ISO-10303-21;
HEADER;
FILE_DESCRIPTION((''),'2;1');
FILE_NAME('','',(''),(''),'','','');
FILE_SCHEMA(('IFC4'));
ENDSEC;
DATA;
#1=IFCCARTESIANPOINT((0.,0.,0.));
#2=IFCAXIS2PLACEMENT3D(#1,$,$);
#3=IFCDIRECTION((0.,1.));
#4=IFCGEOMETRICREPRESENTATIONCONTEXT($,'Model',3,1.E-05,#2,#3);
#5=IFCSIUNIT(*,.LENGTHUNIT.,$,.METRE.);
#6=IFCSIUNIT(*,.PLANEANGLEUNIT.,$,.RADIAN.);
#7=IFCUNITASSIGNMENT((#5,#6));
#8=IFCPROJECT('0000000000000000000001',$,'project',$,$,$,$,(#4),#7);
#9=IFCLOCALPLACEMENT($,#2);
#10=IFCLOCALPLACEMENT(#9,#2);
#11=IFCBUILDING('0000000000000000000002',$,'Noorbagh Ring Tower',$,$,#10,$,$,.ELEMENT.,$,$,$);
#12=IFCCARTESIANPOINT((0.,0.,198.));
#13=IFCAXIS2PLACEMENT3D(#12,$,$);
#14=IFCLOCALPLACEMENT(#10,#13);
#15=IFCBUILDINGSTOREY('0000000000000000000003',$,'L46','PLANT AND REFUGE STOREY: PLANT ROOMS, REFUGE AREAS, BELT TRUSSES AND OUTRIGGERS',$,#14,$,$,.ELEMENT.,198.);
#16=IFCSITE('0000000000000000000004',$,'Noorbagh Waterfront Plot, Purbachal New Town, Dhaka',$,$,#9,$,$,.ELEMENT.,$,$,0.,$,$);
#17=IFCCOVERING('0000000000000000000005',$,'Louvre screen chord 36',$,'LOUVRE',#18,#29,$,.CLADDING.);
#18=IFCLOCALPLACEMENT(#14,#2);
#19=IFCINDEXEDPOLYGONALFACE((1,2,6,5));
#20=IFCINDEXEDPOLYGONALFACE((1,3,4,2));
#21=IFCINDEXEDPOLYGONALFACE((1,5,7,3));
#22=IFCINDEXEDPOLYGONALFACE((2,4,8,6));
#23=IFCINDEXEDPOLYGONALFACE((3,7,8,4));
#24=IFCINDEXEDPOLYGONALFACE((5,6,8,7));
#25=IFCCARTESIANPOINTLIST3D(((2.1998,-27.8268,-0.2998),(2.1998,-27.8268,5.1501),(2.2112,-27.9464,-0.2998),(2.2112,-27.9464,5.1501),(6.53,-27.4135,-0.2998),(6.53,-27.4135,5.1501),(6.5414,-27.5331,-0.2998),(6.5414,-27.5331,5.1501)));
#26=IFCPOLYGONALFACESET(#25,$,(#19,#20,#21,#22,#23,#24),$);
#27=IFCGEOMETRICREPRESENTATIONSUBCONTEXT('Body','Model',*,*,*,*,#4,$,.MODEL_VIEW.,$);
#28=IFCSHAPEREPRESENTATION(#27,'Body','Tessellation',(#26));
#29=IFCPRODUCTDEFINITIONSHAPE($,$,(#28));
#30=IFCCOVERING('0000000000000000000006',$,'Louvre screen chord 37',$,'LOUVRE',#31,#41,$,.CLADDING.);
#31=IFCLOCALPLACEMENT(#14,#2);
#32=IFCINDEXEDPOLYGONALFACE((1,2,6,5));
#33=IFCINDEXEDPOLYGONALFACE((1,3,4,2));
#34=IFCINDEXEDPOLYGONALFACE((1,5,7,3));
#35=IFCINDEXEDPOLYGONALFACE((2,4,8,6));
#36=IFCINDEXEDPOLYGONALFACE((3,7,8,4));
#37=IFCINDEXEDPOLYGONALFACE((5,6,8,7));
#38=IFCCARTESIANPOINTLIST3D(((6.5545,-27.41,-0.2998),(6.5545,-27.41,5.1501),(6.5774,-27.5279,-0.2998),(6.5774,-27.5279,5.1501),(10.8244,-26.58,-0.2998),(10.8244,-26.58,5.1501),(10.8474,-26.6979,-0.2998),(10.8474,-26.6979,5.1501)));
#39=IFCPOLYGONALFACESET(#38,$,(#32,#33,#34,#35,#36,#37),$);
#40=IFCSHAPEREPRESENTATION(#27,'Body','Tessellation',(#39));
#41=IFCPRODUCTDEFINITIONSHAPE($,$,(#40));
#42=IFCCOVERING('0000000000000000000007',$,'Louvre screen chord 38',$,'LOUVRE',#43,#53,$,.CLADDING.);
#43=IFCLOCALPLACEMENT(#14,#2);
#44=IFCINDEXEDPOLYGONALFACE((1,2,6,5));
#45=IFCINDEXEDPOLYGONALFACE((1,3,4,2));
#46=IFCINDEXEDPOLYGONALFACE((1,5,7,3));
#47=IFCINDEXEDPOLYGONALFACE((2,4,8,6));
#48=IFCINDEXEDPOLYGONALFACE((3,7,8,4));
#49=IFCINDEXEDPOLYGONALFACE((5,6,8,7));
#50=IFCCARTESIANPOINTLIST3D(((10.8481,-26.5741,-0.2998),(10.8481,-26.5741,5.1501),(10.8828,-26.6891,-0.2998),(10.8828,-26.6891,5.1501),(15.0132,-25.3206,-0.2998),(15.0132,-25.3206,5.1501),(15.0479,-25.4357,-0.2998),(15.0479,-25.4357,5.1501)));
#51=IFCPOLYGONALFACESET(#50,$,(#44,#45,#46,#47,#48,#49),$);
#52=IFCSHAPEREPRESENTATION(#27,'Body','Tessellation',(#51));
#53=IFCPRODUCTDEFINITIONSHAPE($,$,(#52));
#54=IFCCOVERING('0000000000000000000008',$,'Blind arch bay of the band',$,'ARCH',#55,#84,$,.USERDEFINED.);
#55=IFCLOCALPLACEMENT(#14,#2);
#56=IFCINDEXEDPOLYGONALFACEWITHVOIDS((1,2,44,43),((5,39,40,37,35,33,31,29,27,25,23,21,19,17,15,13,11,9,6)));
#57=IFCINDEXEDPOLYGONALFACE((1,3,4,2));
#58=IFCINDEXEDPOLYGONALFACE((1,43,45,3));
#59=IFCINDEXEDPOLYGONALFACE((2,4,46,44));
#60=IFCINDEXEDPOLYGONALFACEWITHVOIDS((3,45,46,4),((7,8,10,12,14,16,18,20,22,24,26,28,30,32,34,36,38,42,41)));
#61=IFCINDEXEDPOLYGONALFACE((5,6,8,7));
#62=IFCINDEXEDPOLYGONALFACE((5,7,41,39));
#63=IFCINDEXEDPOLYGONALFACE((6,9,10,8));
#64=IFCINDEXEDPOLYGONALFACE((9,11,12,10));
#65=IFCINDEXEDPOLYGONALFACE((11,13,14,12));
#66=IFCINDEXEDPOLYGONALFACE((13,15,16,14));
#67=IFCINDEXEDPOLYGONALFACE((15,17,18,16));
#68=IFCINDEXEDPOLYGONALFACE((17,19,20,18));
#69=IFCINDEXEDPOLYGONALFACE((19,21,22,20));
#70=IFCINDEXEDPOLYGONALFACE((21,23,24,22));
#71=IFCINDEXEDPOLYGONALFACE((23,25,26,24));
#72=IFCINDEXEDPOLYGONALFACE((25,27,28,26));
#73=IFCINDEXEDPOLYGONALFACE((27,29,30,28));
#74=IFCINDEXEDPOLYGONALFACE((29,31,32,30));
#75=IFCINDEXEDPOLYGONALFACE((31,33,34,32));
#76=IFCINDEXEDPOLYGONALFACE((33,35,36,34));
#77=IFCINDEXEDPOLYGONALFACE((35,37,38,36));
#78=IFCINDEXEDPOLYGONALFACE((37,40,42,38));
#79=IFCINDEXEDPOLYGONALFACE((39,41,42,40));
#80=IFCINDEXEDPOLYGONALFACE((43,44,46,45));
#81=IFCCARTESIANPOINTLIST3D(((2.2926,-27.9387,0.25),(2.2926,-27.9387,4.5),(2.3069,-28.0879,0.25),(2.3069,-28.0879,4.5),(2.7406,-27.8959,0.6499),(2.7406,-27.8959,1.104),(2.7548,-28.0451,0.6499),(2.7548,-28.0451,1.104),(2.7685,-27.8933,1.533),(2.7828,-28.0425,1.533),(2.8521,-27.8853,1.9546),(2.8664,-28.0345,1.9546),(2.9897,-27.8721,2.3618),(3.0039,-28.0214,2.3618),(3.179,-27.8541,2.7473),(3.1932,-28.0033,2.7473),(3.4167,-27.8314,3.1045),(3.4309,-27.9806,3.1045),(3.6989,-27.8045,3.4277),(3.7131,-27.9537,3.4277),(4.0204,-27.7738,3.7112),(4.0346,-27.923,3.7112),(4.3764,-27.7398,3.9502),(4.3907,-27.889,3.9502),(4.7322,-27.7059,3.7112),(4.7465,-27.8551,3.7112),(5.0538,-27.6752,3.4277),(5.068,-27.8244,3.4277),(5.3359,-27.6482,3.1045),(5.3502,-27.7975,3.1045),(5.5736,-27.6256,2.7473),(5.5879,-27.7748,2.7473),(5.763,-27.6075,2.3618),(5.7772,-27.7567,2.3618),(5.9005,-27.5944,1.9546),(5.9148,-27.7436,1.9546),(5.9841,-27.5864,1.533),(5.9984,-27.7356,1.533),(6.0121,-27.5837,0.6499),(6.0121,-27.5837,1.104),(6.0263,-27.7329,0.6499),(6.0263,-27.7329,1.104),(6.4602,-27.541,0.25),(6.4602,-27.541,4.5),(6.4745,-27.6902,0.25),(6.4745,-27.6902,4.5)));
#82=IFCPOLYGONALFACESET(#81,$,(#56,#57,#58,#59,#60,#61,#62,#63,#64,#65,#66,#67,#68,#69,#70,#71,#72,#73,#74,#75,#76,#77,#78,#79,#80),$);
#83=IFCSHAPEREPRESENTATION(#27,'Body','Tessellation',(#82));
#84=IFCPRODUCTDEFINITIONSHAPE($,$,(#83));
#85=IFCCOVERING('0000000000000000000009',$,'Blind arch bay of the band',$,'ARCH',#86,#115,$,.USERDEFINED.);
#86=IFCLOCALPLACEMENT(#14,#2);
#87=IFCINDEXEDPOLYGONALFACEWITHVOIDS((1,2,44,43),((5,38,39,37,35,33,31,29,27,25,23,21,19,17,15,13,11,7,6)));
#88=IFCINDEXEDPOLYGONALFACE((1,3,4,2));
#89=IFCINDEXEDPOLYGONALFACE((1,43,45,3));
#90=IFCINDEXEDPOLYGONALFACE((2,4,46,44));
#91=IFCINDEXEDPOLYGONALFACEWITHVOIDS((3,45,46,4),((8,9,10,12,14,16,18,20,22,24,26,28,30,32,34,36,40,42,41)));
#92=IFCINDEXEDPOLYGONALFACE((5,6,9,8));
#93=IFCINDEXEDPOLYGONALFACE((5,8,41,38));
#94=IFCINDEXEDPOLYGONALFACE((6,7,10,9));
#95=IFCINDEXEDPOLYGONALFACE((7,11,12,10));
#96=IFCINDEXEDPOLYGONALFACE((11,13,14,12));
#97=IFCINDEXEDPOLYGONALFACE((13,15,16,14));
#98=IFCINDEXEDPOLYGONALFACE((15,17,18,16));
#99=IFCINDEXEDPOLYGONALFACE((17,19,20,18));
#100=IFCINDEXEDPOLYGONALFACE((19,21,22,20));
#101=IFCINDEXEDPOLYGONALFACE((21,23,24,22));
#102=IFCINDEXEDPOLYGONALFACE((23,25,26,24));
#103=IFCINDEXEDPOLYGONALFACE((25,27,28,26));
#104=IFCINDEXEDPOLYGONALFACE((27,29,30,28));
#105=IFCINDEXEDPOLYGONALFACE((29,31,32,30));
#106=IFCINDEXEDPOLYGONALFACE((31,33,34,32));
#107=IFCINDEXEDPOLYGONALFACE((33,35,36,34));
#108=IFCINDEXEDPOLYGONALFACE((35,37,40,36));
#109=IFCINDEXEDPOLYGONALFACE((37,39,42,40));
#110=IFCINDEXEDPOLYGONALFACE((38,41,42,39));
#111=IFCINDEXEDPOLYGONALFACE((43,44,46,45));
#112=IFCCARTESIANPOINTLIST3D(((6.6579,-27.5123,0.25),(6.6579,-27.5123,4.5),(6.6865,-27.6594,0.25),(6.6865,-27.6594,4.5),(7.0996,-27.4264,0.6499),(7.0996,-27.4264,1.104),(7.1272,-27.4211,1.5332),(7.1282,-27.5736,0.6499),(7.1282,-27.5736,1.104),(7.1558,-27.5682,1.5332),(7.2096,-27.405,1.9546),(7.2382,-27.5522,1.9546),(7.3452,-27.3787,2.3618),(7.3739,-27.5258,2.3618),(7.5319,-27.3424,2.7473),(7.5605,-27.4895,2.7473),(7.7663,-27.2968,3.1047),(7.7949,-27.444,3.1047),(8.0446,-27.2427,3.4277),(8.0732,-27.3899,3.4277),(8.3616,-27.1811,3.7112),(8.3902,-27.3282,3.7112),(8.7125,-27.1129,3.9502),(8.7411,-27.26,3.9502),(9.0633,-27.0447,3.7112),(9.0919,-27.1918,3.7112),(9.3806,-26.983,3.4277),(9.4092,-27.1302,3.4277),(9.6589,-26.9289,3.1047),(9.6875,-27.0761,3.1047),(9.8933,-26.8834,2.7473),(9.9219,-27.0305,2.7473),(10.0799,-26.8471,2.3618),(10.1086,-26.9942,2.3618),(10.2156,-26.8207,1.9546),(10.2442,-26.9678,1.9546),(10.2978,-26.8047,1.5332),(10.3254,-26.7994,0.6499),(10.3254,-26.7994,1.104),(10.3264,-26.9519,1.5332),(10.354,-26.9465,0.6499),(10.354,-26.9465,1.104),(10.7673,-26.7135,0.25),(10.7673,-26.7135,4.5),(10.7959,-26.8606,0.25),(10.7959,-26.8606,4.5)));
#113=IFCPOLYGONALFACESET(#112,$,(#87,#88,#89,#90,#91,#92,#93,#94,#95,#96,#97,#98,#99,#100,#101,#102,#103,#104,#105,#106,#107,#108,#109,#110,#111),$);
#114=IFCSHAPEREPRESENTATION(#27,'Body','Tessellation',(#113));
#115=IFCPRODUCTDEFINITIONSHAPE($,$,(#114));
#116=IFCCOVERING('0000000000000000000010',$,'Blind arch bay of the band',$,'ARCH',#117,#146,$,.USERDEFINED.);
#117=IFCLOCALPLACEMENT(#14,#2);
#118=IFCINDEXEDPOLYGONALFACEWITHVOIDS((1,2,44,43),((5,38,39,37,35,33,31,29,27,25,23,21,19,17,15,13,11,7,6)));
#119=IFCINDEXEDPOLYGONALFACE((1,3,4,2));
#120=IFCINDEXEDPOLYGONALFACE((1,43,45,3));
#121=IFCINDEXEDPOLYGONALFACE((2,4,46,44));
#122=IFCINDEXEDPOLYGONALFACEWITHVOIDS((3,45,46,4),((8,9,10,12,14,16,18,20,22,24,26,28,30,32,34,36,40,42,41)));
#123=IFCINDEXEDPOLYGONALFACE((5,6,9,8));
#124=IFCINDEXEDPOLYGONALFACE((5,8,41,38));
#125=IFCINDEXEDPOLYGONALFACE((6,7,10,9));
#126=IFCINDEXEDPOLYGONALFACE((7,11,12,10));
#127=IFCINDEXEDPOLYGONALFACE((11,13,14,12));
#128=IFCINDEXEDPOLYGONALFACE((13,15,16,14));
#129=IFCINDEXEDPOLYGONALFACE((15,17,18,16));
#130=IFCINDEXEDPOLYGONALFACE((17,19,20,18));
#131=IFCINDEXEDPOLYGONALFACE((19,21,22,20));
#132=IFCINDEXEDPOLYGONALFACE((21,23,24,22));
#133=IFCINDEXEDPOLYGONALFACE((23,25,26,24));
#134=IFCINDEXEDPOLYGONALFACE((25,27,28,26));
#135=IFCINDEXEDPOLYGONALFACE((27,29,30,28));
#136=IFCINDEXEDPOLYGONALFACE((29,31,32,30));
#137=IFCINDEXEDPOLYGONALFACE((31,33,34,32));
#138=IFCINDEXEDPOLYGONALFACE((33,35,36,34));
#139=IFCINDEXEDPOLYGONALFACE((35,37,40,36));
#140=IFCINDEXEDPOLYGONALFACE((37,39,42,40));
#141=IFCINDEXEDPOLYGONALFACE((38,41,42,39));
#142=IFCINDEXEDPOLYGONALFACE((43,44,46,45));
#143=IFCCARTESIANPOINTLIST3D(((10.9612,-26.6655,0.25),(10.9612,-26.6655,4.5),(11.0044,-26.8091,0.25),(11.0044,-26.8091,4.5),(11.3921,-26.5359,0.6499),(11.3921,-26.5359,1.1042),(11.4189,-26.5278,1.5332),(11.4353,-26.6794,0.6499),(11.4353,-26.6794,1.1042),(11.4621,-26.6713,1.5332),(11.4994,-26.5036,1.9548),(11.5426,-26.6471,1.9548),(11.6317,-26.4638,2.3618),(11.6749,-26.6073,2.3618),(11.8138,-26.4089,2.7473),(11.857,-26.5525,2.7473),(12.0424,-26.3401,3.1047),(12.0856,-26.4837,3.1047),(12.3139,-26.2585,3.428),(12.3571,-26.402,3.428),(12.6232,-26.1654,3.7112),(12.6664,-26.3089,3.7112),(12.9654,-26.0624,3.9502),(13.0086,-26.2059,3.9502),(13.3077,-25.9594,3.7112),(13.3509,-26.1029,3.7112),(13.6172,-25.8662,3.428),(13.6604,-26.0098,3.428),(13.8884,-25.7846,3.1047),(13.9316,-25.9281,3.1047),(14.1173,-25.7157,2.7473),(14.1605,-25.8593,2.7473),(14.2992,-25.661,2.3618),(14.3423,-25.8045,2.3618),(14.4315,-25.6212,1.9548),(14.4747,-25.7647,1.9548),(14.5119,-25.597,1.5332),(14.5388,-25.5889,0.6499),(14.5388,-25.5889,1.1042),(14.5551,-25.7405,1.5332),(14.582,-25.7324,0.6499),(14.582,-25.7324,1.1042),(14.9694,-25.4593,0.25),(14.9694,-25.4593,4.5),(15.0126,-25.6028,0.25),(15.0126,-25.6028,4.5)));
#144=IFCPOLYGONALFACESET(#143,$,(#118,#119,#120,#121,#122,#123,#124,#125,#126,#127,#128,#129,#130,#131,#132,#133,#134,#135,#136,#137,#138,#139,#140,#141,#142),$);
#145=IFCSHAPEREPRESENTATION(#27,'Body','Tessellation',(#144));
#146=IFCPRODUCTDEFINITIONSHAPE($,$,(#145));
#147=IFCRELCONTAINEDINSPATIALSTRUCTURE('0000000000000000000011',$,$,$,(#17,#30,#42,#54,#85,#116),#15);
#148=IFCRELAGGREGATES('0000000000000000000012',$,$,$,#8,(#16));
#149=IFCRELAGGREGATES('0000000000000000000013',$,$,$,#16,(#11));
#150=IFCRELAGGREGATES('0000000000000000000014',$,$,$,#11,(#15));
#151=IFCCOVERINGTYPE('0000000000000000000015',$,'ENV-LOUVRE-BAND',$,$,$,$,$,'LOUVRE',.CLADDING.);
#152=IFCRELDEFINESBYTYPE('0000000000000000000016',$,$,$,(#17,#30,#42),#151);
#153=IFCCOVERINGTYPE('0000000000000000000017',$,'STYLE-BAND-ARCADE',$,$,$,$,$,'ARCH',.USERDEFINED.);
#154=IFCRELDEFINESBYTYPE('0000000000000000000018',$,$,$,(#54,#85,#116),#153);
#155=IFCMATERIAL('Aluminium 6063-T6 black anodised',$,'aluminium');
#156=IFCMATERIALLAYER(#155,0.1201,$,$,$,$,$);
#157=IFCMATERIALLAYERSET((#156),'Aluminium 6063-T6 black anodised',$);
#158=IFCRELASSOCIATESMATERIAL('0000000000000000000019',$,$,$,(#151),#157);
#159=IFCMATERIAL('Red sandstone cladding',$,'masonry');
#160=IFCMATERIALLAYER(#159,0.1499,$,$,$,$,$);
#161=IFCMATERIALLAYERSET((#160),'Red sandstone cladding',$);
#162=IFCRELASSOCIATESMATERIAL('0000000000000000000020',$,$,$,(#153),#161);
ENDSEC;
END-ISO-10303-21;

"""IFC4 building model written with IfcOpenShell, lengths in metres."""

from ifc_helpers import new_model, si_unit, direction, frame, origin, origin_2d, place, context, subcontext, project, spatial, polyline, rectangle, outline, extrude, material, layer, layer_set, type_object, element, save


model = new_model("IFC4")

# Units and contexts
model_context = context("Model", 3, precision=1e-05, world=origin(), true_north=direction((0.0, 1.0)))
body_context = subcontext(model_context, "Body", "Model", "MODEL_VIEW")
ifc_project = project(units=[si_unit("LENGTHUNIT", "METRE"), si_unit("PLANEANGLEUNIT", "RADIAN")], contexts=[model_context])

# Site, building, storey
site_placement = place(None, origin())
site = spatial("IfcSite", under=ifc_project, at=site_placement, Name="Noorbagh Waterfront Plot, Purbachal New Town, Dhaka", CompositionType="ELEMENT", RefElevation=0.0)
building_placement = place(site_placement, origin())
building = spatial("IfcBuilding", under=site, at=building_placement, Name="Noorbagh Ring Tower", CompositionType="ELEMENT")
storey_placement = place(building_placement, frame((0.0, 0.0, 198.0)))
storey = spatial("IfcBuildingStorey", under=building, at=storey_placement, Name="L46", Description="PLANT AND REFUGE STOREY: PLANT ROOMS, REFUGE AREAS, BELT TRUSSES AND OUTRIGGERS", CompositionType="ELEMENT", Elevation=198.0)

# Coverings
ifc_material_1 = material(Name="Aluminium 6063-T6 black anodised", Category="aluminium")
ifc_layer_1 = layer(ifc_material_1, 0.1201)
ifc_layer_set_1 = layer_set([ifc_layer_1], Name="Aluminium 6063-T6 black anodised")
covering_type_1 = type_object("IfcCoveringType", Name="ENV-LOUVRE-BAND", ElementType="LOUVRE", PredefinedType="CLADDING", material=ifc_layer_set_1)
for number, where, z_axis, x_axis, name in (
    (1, (4.3706, -27.6799, -0.2998), (0.0, 0.0, 1.0), (0.995476, 0.095008, 0.0), "Louvre screen chord 36"),
    (2, (8.7009, -27.054, -0.2998), (0.0, 0.0, 1.0), (0.981625, 0.19082, 0.0), "Louvre screen chord 37"),
):
    element("IfcCovering", number, at=place(storey_placement, frame(where, z_axis=z_axis, x_axis=x_axis)), inside=storey, type_object=covering_type_1, Name=name, ObjectType="LOUVRE", PredefinedType="CLADDING", context=body_context, shape_type="SweptSolid", body=[
        extrude(rectangle(XDim=4.3499, YDim=0.1201, at=origin_2d()), origin(), (0.0, 0.0, 1.0), 5.45),
    ])
covering_1_placement = place(storey_placement, frame((12.948, -26.0049, -0.2998), z_axis=(0.0, 0.0, 1.0), x_axis=(0.957578, 0.288174, 0.0)))
element("IfcCovering", 3, at=covering_1_placement, inside=storey, type_object=covering_type_1, Name="Louvre screen chord 38", ObjectType="LOUVRE", PredefinedType="CLADDING", context=body_context, shape_type="SweptSolid", body=[
    extrude(rectangle(XDim=4.3496, YDim=0.1201, at=origin_2d()), origin(), (0.0, 0.0, 1.0), 5.45),
])
ifc_material_2 = material(Name="Red sandstone cladding", Category="masonry")
ifc_layer_2 = layer(ifc_material_2, 0.1499)
ifc_layer_set_2 = layer_set([ifc_layer_2], Name="Red sandstone cladding")
covering_type_2 = type_object("IfcCoveringType", Name="STYLE-BAND-ARCADE", ElementType="ARCH", PredefinedType="USERDEFINED", material=ifc_layer_set_2)
covering_2_placement = place(storey_placement, frame((2.3069, -28.0879, 0.25), z_axis=(0.094999, -0.995477, 0.0), x_axis=(0.995477, 0.094999, 0.0)))
element("IfcCovering", 4, at=covering_2_placement, inside=storey, type_object=covering_type_2, Name="Blind arch bay of the band", ObjectType="ARCH", PredefinedType="USERDEFINED", context=body_context, shape_type="SweptSolid", body=[
    extrude(outline(polyline([(0.0, 0.0), (4.1865, 0.0), (4.1865, 4.25), (0.0, 4.25), (0.0, 0.0)]), holes=[polyline([(0.45, 0.3999), (0.45, 0.854), (0.478, 1.283), (0.562, 1.7046), (0.7002, 2.1118), (0.8904, 2.4973), (1.1292, 2.8545), (1.4126, 3.1777), (1.7356, 3.4612), (2.0933, 3.7002), (2.4507, 3.4612), (2.7737, 3.1777), (3.0571, 2.8545), (3.2959, 2.4973), (3.4861, 2.1118), (3.6243, 1.7046), (3.7083, 1.283), (3.7363, 0.854), (3.7363, 0.3999), (0.45, 0.3999)])]), origin(), (0.0, 0.0, -1.0), 0.1499),
])
covering_3_placement = place(storey_placement, frame((6.6865, -27.6594, 0.25), z_axis=(0.19082, -0.981625, 0.0), x_axis=(0.981625, 0.19082, 0.0)))
element("IfcCovering", 5, at=covering_3_placement, inside=storey, type_object=covering_type_2, Name="Blind arch bay of the band", ObjectType="ARCH", PredefinedType="USERDEFINED", context=body_context, shape_type="SweptSolid", body=[
    extrude(outline(polyline([(0.0, 0.0), (4.1863, 0.0), (4.1863, 4.25), (0.0, 4.25), (0.0, 0.0)]), holes=[polyline([(0.45, 0.3999), (0.45, 0.854), (0.478, 1.2832), (0.562, 1.7046), (0.7002, 2.1118), (0.8904, 2.4973), (1.1292, 2.8547), (1.4126, 3.1777), (1.7356, 3.4612), (2.093, 3.7002), (2.4504, 3.4612), (2.7737, 3.1777), (3.0571, 2.8547), (3.2959, 2.4973), (3.4861, 2.1118), (3.6243, 1.7046), (3.708, 1.2832), (3.7361, 0.854), (3.7361, 0.3999), (0.45, 0.3999)])]), origin(), (0.0, 0.0, -1.0), 0.1499),
])
covering_4_placement = place(storey_placement, frame((11.0044, -26.8091, 0.25), z_axis=(0.288183, -0.957575, 0.0), x_axis=(0.957575, 0.288183, 0.0)))
element("IfcCovering", 6, at=covering_4_placement, inside=storey, type_object=covering_type_2, Name="Blind arch bay of the band", ObjectType="ARCH", PredefinedType="USERDEFINED", context=body_context, shape_type="SweptSolid", body=[
    extrude(outline(polyline([(0.0, 0.0), (4.1858, 0.0), (4.1858, 4.25), (0.0, 4.25), (0.0, 0.0)]), holes=[polyline([(0.45, 0.3999), (0.45, 0.8542), (0.478, 1.2832), (0.562, 1.7048), (0.7002, 2.1118), (0.8904, 2.4973), (1.1292, 2.8547), (1.4126, 3.178), (1.7356, 3.4612), (2.093, 3.7002), (2.4504, 3.4612), (2.7737, 3.178), (3.0569, 2.8547), (3.2959, 2.4973), (3.4858, 2.1118), (3.624, 1.7048), (3.708, 1.2832), (3.7361, 0.8542), (3.7361, 0.3999), (0.45, 0.3999)])]), origin(), (0.0, 0.0, -1.0), 0.1499),
])

save(model, "model.ifc")
